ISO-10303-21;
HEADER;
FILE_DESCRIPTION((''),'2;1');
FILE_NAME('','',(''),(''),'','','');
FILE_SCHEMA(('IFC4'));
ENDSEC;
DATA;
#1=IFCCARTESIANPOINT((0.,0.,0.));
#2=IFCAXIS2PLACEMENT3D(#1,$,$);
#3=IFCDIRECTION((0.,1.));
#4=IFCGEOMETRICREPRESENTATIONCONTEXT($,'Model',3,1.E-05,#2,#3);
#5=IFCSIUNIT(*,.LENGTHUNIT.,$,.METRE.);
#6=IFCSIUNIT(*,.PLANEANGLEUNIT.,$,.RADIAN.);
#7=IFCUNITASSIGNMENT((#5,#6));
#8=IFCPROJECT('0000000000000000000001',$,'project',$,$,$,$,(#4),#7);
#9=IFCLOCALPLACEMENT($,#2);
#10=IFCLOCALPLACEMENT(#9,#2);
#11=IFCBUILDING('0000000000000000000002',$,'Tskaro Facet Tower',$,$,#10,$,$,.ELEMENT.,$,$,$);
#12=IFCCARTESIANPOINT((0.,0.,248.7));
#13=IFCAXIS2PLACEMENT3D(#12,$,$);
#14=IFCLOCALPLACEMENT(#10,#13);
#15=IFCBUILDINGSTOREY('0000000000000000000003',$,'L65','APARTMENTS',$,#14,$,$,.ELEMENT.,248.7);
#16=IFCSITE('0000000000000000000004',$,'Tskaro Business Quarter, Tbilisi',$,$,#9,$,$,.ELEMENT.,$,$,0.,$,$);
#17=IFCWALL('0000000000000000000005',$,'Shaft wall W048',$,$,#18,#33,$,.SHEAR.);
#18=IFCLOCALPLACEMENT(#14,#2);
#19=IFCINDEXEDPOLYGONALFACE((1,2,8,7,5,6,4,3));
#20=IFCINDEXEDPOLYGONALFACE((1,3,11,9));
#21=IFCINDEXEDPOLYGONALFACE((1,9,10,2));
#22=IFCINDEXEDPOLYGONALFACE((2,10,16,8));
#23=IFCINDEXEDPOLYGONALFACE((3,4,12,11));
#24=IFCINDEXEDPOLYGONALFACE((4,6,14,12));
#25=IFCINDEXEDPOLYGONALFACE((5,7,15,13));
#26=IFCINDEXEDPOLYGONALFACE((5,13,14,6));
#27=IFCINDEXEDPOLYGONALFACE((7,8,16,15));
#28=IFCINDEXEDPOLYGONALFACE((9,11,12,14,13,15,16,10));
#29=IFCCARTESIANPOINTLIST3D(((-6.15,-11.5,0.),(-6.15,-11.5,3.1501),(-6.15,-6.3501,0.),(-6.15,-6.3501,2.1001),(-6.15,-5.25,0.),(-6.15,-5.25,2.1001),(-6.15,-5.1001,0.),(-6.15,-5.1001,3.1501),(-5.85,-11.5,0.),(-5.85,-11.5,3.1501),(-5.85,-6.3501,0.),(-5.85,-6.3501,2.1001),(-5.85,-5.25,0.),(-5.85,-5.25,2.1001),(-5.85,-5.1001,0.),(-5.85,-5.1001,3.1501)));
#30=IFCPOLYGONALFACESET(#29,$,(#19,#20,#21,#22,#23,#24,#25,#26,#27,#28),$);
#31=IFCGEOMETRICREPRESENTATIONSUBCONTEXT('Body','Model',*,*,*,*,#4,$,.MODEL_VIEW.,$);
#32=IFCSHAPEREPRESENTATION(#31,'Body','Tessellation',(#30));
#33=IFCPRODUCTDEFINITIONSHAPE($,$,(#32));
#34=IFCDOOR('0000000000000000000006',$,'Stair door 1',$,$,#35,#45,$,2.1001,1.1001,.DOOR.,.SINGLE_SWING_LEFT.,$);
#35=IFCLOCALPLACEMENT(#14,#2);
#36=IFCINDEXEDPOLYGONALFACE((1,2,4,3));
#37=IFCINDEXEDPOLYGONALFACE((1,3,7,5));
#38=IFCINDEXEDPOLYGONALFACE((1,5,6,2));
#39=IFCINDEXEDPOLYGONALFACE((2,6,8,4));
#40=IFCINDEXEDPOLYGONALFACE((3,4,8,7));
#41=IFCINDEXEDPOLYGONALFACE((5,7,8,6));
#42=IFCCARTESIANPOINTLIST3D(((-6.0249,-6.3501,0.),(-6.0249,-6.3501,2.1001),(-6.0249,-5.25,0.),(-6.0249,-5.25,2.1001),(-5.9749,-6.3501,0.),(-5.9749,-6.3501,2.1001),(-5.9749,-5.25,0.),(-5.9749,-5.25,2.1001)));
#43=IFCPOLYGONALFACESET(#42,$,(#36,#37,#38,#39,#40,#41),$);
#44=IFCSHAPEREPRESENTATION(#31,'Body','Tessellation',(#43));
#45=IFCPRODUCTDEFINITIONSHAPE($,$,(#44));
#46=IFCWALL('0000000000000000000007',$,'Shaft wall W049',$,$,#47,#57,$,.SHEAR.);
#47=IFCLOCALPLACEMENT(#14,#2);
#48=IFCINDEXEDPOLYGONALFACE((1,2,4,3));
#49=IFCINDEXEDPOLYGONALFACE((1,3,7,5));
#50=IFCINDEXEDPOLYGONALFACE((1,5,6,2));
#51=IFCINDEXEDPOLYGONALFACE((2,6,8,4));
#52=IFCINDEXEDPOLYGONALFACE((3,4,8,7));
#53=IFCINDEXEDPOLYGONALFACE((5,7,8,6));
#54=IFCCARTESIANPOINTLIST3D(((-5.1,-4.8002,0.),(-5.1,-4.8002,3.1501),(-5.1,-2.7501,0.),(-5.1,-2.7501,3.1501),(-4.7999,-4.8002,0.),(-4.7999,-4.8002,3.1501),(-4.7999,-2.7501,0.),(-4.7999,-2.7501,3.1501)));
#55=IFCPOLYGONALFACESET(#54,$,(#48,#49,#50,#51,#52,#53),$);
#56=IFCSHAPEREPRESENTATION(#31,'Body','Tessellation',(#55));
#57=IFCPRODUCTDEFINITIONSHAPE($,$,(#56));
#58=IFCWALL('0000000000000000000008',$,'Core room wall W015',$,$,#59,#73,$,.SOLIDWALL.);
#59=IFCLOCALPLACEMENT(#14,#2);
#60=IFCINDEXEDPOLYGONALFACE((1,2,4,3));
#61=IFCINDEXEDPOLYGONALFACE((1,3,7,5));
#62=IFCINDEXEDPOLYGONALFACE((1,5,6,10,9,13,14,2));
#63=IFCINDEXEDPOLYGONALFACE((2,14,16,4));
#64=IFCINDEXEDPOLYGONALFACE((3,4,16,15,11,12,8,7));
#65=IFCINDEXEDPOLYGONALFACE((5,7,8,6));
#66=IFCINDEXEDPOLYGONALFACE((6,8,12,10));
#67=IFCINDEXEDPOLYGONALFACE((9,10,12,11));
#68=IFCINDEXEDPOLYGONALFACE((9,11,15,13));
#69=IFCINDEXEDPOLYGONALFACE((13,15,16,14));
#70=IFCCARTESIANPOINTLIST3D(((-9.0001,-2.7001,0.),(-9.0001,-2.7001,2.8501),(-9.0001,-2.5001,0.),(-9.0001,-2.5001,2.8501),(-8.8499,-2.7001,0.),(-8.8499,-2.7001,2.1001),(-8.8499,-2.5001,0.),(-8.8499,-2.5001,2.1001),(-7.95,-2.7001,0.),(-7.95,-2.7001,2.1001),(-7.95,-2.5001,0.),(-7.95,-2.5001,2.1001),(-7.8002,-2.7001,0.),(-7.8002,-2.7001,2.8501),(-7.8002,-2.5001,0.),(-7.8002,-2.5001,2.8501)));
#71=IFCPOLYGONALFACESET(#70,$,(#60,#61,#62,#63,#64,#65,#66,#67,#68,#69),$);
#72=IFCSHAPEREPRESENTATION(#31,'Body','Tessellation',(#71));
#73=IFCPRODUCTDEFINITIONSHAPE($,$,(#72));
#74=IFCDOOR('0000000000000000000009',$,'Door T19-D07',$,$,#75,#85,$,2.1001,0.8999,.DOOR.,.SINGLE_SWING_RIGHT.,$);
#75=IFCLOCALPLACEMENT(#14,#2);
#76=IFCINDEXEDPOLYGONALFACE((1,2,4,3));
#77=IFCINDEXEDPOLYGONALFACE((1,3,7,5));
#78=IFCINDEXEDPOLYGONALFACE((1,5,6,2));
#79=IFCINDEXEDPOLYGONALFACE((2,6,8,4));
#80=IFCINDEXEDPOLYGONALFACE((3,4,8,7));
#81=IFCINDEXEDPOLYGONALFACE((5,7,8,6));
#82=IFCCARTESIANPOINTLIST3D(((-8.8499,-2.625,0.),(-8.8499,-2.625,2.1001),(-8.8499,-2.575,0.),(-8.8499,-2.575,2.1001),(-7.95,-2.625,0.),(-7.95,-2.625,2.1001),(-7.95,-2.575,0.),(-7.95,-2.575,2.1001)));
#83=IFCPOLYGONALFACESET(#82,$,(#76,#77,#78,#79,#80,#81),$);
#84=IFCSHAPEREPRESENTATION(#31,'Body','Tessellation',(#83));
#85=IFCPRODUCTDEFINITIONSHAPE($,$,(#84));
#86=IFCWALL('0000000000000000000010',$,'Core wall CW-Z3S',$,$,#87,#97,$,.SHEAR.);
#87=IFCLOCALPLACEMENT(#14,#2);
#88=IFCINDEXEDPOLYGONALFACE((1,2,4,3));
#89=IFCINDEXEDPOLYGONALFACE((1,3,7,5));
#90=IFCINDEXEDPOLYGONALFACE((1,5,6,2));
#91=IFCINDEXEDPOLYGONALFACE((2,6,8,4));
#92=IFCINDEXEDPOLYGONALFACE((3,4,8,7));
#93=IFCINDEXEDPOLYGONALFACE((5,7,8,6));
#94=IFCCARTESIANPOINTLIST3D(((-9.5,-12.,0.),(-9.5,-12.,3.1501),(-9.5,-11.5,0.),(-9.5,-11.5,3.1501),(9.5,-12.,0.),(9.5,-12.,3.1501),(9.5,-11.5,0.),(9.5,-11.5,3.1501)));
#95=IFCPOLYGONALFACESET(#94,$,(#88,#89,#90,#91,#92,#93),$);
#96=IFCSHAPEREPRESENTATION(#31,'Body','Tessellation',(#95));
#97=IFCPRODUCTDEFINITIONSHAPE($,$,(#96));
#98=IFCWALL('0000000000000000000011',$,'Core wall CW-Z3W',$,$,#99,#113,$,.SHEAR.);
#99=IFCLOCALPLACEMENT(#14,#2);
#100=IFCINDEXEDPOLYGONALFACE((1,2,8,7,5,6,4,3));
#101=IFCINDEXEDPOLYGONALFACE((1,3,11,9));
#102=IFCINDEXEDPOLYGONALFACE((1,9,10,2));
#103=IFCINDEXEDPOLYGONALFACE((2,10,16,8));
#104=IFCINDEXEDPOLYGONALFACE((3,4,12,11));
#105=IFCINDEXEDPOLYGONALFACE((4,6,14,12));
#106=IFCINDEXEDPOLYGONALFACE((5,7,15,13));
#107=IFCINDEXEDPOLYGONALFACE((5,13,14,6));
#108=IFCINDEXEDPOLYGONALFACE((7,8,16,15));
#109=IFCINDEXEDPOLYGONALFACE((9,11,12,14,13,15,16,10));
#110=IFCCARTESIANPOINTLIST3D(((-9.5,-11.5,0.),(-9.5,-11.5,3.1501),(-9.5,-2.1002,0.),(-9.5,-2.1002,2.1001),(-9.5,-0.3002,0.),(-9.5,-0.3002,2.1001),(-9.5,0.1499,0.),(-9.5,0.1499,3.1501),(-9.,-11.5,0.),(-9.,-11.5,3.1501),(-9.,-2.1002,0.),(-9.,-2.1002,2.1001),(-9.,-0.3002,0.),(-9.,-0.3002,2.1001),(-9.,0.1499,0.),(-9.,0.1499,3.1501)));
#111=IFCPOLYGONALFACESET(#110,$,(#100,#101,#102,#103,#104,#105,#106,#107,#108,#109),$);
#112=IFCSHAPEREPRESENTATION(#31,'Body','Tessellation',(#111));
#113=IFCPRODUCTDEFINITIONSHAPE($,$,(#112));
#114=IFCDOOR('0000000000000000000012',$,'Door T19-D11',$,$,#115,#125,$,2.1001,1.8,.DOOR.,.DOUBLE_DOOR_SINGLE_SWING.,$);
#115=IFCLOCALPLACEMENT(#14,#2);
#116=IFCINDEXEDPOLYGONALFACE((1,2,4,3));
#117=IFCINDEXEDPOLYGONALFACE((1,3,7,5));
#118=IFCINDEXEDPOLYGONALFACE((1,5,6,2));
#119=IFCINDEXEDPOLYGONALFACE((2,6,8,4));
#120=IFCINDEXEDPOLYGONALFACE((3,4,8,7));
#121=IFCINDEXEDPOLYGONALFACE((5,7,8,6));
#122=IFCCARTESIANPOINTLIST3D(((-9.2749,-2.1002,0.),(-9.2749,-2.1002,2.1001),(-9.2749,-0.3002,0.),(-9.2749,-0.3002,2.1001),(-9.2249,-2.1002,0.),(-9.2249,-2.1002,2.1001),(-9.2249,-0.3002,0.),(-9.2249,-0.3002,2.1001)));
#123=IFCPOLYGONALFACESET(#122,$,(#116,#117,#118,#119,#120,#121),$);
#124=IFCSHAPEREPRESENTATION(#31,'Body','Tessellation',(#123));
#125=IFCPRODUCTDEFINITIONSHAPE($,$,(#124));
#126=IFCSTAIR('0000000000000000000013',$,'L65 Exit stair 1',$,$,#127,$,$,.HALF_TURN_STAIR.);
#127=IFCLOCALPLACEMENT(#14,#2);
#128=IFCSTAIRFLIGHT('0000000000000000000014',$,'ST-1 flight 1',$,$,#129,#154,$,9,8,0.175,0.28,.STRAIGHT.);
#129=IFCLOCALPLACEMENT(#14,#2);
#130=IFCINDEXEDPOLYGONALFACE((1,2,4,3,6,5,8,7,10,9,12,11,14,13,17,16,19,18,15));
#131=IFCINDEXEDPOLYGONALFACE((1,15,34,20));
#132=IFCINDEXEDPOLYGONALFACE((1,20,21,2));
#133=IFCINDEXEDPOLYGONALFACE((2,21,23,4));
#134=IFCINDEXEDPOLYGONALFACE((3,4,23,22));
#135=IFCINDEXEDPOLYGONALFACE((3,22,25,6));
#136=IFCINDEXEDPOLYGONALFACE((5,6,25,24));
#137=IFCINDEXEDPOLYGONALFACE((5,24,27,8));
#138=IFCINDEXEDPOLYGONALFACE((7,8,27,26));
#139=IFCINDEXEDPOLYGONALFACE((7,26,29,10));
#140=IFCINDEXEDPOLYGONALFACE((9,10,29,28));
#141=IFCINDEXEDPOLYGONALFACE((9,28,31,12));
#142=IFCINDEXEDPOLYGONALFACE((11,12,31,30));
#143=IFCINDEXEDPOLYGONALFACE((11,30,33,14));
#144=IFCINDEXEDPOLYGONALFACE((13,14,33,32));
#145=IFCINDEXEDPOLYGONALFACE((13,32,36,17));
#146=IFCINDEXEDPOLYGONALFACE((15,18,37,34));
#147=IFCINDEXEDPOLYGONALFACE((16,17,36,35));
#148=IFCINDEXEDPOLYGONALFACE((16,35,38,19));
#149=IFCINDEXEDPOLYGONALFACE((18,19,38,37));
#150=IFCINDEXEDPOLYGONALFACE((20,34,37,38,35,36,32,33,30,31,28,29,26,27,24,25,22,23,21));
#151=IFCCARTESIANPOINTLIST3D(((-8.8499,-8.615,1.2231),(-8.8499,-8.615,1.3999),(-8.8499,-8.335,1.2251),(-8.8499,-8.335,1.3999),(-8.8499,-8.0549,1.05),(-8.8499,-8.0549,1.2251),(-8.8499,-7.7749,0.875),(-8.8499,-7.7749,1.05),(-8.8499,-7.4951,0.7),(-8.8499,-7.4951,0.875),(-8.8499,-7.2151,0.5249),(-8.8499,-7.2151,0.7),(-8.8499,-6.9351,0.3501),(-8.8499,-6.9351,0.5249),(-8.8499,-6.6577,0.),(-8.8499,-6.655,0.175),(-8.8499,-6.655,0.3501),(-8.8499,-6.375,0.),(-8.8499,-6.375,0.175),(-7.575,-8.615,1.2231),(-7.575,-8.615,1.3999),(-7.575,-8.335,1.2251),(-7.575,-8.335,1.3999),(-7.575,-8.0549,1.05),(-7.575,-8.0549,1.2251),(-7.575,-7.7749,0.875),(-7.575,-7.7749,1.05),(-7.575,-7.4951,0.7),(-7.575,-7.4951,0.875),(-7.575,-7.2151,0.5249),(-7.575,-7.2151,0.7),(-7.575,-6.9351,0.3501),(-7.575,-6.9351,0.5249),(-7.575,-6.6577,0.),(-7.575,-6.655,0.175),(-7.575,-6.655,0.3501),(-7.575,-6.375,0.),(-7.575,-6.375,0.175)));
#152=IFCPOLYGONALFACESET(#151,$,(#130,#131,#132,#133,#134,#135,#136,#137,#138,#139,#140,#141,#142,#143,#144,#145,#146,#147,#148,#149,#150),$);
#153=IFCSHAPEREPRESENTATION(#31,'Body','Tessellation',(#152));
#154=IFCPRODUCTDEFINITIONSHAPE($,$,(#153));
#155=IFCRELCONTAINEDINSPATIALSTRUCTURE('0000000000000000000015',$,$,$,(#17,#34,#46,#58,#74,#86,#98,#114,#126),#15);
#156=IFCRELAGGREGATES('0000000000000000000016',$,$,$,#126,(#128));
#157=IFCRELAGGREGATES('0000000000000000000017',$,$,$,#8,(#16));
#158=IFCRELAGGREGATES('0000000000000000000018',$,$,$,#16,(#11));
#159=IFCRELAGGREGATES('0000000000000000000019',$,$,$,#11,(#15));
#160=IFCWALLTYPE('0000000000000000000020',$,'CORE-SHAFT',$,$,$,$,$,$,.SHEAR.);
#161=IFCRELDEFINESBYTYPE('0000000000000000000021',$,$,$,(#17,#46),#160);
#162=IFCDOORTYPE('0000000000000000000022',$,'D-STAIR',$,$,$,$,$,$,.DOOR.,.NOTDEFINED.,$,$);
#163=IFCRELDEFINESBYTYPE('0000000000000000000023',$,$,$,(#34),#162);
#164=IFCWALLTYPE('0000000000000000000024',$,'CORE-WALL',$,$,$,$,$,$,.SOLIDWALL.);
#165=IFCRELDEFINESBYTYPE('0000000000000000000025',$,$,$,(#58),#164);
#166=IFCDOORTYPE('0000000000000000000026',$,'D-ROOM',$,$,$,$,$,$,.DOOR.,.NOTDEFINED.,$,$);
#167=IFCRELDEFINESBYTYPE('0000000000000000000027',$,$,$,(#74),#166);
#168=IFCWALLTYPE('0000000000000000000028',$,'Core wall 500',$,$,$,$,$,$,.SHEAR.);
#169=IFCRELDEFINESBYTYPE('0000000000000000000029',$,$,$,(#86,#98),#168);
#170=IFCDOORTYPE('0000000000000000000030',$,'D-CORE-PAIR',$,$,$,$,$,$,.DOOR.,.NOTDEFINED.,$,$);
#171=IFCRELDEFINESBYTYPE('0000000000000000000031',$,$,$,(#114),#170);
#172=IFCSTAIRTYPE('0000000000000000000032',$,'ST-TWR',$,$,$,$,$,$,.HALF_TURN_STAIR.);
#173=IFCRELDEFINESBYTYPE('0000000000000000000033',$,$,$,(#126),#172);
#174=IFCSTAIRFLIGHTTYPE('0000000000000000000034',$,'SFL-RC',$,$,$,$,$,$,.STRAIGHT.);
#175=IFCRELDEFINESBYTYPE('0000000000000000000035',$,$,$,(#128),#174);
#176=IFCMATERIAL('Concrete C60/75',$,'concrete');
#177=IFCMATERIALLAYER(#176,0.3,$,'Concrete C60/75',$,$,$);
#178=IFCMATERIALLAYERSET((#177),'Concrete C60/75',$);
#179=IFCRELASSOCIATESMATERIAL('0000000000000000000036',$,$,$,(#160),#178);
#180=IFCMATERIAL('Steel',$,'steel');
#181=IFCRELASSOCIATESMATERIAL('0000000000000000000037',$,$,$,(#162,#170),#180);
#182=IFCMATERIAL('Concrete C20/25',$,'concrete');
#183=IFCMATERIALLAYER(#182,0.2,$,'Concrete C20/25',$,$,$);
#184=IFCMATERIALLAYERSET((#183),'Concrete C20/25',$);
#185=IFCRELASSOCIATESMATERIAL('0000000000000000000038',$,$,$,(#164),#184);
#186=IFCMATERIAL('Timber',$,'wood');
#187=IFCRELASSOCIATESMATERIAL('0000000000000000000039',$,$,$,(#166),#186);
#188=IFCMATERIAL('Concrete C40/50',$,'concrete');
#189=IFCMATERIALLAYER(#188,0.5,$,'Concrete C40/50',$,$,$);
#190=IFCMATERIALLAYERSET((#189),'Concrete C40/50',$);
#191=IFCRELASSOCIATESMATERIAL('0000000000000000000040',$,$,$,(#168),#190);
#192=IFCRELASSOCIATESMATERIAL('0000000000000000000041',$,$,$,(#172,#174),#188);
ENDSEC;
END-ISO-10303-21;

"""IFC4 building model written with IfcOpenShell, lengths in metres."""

from ifc_helpers import new_model, si_unit, direction, frame, frame_2d, origin, place, context, subcontext, project, spatial, polyline, rectangle, outline, extrude, material, layer, layer_set, type_object, element, fill, aggregate, save


model = new_model("IFC4")

# Units and contexts
model_context = context("Model", 3, precision=1e-05, world=origin(), true_north=direction((0.0, 1.0)))
body_context = subcontext(model_context, "Body", "Model", "MODEL_VIEW")
ifc_project = project(units=[si_unit("LENGTHUNIT", "METRE"), si_unit("PLANEANGLEUNIT", "RADIAN")], contexts=[model_context])

# Site, building, storey
site_placement = place(None, origin())
site = spatial("IfcSite", under=ifc_project, at=site_placement, Name="Tskaro Business Quarter, Tbilisi", CompositionType="ELEMENT", RefElevation=0.0)
building_placement = place(site_placement, origin())
building = spatial("IfcBuilding", under=site, at=building_placement, Name="Tskaro Facet Tower", CompositionType="ELEMENT")
storey_placement = place(building_placement, frame((0.0, 0.0, 248.7)))
storey = spatial("IfcBuildingStorey", under=building, at=storey_placement, Name="L65", Description="APARTMENTS", CompositionType="ELEMENT", Elevation=248.7)

# Shared definitions
ifc_material_1 = material(Name="Concrete C60/75", Category="concrete")
ifc_layer_1 = layer(ifc_material_1, 0.3, Name="Concrete C60/75")
ifc_layer_set_1 = layer_set([ifc_layer_1], Name="Concrete C60/75")
wall_type_1 = type_object("IfcWallType", Name="CORE-SHAFT", PredefinedType="SHEAR", material=ifc_layer_set_1)

# Wall, opening, door
wall_1_placement = place(storey_placement, frame((-6.0, -11.5, 0.0), z_axis=(0.0, 0.0, 1.0), x_axis=(0.0, 1.0, 0.0)))
wall_1 = element("IfcWall", 1, at=wall_1_placement, inside=storey, type_object=wall_type_1, Name="Shaft wall W048", PredefinedType="SHEAR", context=body_context, shape_type="SweptSolid", body=[
    extrude(rectangle(XDim=6.3999, YDim=0.3, at=frame_2d((3.2, 0.0))), origin(), (0.0, 0.0, 1.0), 3.1501),
])
opening_1_placement = place(wall_1_placement, frame((5.1499, 0.0, 0.0)))
opening_1 = element("IfcOpeningElement", 2, at=opening_1_placement, cuts=wall_1, PredefinedType="OPENING", context=body_context, shape_type="SweptSolid", body=[
    extrude(rectangle(XDim=1.1001, YDim=2.1001, at=frame_2d((0.55, 1.05))), frame((0.0, 0.1599, 0.0), z_axis=(0.0, -1.0, 0.0), x_axis=(1.0, 0.0, 0.0)), (0.0, 0.0, 1.0), 0.3201),
])
ifc_material_2 = material(Name="Steel", Category="steel")
door_type_1 = type_object("IfcDoorType", Name="D-STAIR", OperationType="NOTDEFINED", PredefinedType="DOOR", material=ifc_material_2)
door_1_placement = place(opening_1_placement, origin())
door_1 = element("IfcDoor", 3, at=door_1_placement, inside=storey, type_object=door_type_1, Name="Stair door 1", OperationType="SINGLE_SWING_LEFT", OverallHeight=2.1001, OverallWidth=1.1001, PredefinedType="DOOR", context=body_context, shape_type="SweptSolid", body=[
    extrude(rectangle(XDim=1.1001, YDim=2.1001, at=frame_2d((0.55, 1.05))), frame((0.0, 0.0249, 0.0), z_axis=(0.0, -1.0, 0.0), x_axis=(1.0, 0.0, 0.0)), (0.0, 0.0, 1.0), 0.05),
])
fill(opening_1, door_1)

# Wall
wall_2_placement = place(storey_placement, frame((-4.95, -4.8, 0.0), z_axis=(0.0, 0.0, 1.0), x_axis=(0.0, 1.0, 0.0)))
element("IfcWall", 4, at=wall_2_placement, inside=storey, type_object=wall_type_1, Name="Shaft wall W049", PredefinedType="SHEAR", context=body_context, shape_type="SweptSolid", body=[
    extrude(rectangle(XDim=2.05, YDim=0.3, at=frame_2d((1.0249, 0.0))), origin(), (0.0, 0.0, 1.0), 3.1501),
])

# Wall, opening, door
ifc_material_3 = material(Name="Concrete C20/25", Category="concrete")
ifc_layer_2 = layer(ifc_material_3, 0.2, Name="Concrete C20/25")
ifc_layer_set_2 = layer_set([ifc_layer_2], Name="Concrete C20/25")
wall_type_2 = type_object("IfcWallType", Name="CORE-WALL", PredefinedType="SOLIDWALL", material=ifc_layer_set_2)
wall_3_placement = place(storey_placement, frame((-7.8, -2.6001, 0.0), z_axis=(0.0, 0.0, 1.0), x_axis=(-1.0, 0.0, 0.0)))
wall_3 = element("IfcWall", 5, at=wall_3_placement, inside=storey, type_object=wall_type_2, Name="Core room wall W015", PredefinedType="SOLIDWALL", context=body_context, shape_type="SweptSolid", body=[
    extrude(rectangle(XDim=1.2, YDim=0.2, at=frame_2d((0.6001, 0.0))), origin(), (0.0, 0.0, 1.0), 2.8501),
])
opening_2_placement = place(wall_3_placement, frame((0.1499, 0.0, 0.0)))
opening_2 = element("IfcOpeningElement", 6, at=opening_2_placement, cuts=wall_3, PredefinedType="OPENING", context=body_context, shape_type="SweptSolid", body=[
    extrude(rectangle(XDim=0.8999, YDim=2.1001, at=frame_2d((0.45, 1.05))), frame((0.0, 0.1099, 0.0), z_axis=(0.0, -1.0, 0.0), x_axis=(1.0, 0.0, 0.0)), (0.0, 0.0, 1.0), 0.22),
])
ifc_material_4 = material(Name="Timber", Category="wood")
door_type_2 = type_object("IfcDoorType", Name="D-ROOM", OperationType="NOTDEFINED", PredefinedType="DOOR", material=ifc_material_4)
door_2_placement = place(opening_2_placement, origin())
door_2 = element("IfcDoor", 7, at=door_2_placement, inside=storey, type_object=door_type_2, Name="Door T19-D07", OperationType="SINGLE_SWING_RIGHT", OverallHeight=2.1001, OverallWidth=0.8999, PredefinedType="DOOR", context=body_context, shape_type="SweptSolid", body=[
    extrude(rectangle(XDim=0.8999, YDim=2.1001, at=frame_2d((0.45, 1.05))), frame((0.0, 0.0249, 0.0), z_axis=(0.0, -1.0, 0.0), x_axis=(1.0, 0.0, 0.0)), (0.0, 0.0, 1.0), 0.05),
])
fill(opening_2, door_2)

# Wall
ifc_material_5 = material(Name="Concrete C40/50", Category="concrete")
ifc_layer_3 = layer(ifc_material_5, 0.5, Name="Concrete C40/50")
ifc_layer_set_3 = layer_set([ifc_layer_3], Name="Concrete C40/50")
wall_type_3 = type_object("IfcWallType", Name="Core wall 500", PredefinedType="SHEAR", material=ifc_layer_set_3)
wall_4_placement = place(storey_placement, frame((-9.5, -11.75, 0.0), z_axis=(0.0, 0.0, 1.0), x_axis=(1.0, 0.0, 0.0)))
element("IfcWall", 8, at=wall_4_placement, inside=storey, type_object=wall_type_3, Name="Core wall CW-Z3S", PredefinedType="SHEAR", context=body_context, shape_type="SweptSolid", body=[
    extrude(rectangle(XDim=19.0, YDim=0.5, at=frame_2d((9.5, 0.0))), origin(), (0.0, 0.0, 1.0), 3.1501),
])

# Wall, opening, door
wall_5_placement = place(storey_placement, frame((-9.25, -11.5, 0.0), z_axis=(0.0, 0.0, 1.0), x_axis=(0.0, 1.0, 0.0)))
wall_5 = element("IfcWall", 9, at=wall_5_placement, inside=storey, type_object=wall_type_3, Name="Core wall CW-Z3W", PredefinedType="SHEAR", context=body_context, shape_type="SweptSolid", body=[
    extrude(rectangle(XDim=11.6499, YDim=0.5, at=frame_2d((5.825, 0.0))), origin(), (0.0, 0.0, 1.0), 3.1501),
])
opening_3_placement = place(wall_5_placement, frame((9.3999, 0.0, 0.0)))
opening_3 = element("IfcOpeningElement", 10, at=opening_3_placement, cuts=wall_5, PredefinedType="OPENING", context=body_context, shape_type="SweptSolid", body=[
    extrude(rectangle(XDim=1.8, YDim=2.1001, at=frame_2d((0.8999, 1.05))), frame((0.0, 0.26, 0.0), z_axis=(0.0, -1.0, 0.0), x_axis=(1.0, 0.0, 0.0)), (0.0, 0.0, 1.0), 0.52),
])
door_type_3 = type_object("IfcDoorType", Name="D-CORE-PAIR", OperationType="NOTDEFINED", PredefinedType="DOOR", material=ifc_material_2)
door_3_placement = place(opening_3_placement, origin())
door_3 = element("IfcDoor", 11, at=door_3_placement, inside=storey, type_object=door_type_3, Name="Door T19-D11", OperationType="DOUBLE_DOOR_SINGLE_SWING", OverallHeight=2.1001, OverallWidth=1.8, PredefinedType="DOOR", context=body_context, shape_type="SweptSolid", body=[
    extrude(rectangle(XDim=1.8, YDim=2.1001, at=frame_2d((0.8999, 1.05))), frame((0.0, 0.0249, 0.0), z_axis=(0.0, -1.0, 0.0), x_axis=(1.0, 0.0, 0.0)), (0.0, 0.0, 1.0), 0.05),
])
fill(opening_3, door_3)

# Stair, stair flight
stair_type = type_object("IfcStairType", Name="ST-TWR", PredefinedType="HALF_TURN_STAIR", material=ifc_material_5)
stair_placement = place(storey_placement, origin())
stair = element("IfcStair", 12, at=stair_placement, inside=storey, type_object=stair_type, Name="L65 Exit stair 1", PredefinedType="HALF_TURN_STAIR")
stair_flight_type = type_object("IfcStairFlightType", Name="SFL-RC", PredefinedType="STRAIGHT", material=ifc_material_5)
stair_flight_1_placement = place(storey_placement, frame((-8.2124, -6.375, 0.0), z_axis=(0.0, 0.0, 1.0), x_axis=(0.0, -1.0, 0.0)))
stair_flight_1 = element("IfcStairFlight", 13, at=stair_flight_1_placement, type_object=stair_flight_type, Name="ST-1 flight 1", NumberOfRisers=9, NumberOfTreads=8, PredefinedType="STRAIGHT", RiserHeight=0.175, TreadLength=0.28, context=body_context, shape_type="SweptSolid", body=[
    extrude(outline(polyline([(0.0, 0.0), (0.0, 0.175), (0.28, 0.175), (0.28, 0.3501), (0.5601, 0.3501), (0.5601, 0.5249), (0.8401, 0.5249), (0.8401, 0.7), (1.1201, 0.7), (1.1201, 0.875), (1.3999, 0.875), (1.3999, 1.05), (1.6799, 1.05), (1.6799, 1.2251), (1.96, 1.2251), (1.96, 1.3999), (2.24, 1.3999), (2.24, 1.575), (2.24, 1.2231), (0.2827, 0.0), (0.0, 0.0)])), frame((0.0, 0.6375, 0.0), z_axis=(0.0, -1.0, 0.0), x_axis=(1.0, 0.0, 0.0)), (0.0, 0.0, 1.0), 1.2749),
])
aggregate(stair, [stair_flight_1])

save(model, "model.ifc")
